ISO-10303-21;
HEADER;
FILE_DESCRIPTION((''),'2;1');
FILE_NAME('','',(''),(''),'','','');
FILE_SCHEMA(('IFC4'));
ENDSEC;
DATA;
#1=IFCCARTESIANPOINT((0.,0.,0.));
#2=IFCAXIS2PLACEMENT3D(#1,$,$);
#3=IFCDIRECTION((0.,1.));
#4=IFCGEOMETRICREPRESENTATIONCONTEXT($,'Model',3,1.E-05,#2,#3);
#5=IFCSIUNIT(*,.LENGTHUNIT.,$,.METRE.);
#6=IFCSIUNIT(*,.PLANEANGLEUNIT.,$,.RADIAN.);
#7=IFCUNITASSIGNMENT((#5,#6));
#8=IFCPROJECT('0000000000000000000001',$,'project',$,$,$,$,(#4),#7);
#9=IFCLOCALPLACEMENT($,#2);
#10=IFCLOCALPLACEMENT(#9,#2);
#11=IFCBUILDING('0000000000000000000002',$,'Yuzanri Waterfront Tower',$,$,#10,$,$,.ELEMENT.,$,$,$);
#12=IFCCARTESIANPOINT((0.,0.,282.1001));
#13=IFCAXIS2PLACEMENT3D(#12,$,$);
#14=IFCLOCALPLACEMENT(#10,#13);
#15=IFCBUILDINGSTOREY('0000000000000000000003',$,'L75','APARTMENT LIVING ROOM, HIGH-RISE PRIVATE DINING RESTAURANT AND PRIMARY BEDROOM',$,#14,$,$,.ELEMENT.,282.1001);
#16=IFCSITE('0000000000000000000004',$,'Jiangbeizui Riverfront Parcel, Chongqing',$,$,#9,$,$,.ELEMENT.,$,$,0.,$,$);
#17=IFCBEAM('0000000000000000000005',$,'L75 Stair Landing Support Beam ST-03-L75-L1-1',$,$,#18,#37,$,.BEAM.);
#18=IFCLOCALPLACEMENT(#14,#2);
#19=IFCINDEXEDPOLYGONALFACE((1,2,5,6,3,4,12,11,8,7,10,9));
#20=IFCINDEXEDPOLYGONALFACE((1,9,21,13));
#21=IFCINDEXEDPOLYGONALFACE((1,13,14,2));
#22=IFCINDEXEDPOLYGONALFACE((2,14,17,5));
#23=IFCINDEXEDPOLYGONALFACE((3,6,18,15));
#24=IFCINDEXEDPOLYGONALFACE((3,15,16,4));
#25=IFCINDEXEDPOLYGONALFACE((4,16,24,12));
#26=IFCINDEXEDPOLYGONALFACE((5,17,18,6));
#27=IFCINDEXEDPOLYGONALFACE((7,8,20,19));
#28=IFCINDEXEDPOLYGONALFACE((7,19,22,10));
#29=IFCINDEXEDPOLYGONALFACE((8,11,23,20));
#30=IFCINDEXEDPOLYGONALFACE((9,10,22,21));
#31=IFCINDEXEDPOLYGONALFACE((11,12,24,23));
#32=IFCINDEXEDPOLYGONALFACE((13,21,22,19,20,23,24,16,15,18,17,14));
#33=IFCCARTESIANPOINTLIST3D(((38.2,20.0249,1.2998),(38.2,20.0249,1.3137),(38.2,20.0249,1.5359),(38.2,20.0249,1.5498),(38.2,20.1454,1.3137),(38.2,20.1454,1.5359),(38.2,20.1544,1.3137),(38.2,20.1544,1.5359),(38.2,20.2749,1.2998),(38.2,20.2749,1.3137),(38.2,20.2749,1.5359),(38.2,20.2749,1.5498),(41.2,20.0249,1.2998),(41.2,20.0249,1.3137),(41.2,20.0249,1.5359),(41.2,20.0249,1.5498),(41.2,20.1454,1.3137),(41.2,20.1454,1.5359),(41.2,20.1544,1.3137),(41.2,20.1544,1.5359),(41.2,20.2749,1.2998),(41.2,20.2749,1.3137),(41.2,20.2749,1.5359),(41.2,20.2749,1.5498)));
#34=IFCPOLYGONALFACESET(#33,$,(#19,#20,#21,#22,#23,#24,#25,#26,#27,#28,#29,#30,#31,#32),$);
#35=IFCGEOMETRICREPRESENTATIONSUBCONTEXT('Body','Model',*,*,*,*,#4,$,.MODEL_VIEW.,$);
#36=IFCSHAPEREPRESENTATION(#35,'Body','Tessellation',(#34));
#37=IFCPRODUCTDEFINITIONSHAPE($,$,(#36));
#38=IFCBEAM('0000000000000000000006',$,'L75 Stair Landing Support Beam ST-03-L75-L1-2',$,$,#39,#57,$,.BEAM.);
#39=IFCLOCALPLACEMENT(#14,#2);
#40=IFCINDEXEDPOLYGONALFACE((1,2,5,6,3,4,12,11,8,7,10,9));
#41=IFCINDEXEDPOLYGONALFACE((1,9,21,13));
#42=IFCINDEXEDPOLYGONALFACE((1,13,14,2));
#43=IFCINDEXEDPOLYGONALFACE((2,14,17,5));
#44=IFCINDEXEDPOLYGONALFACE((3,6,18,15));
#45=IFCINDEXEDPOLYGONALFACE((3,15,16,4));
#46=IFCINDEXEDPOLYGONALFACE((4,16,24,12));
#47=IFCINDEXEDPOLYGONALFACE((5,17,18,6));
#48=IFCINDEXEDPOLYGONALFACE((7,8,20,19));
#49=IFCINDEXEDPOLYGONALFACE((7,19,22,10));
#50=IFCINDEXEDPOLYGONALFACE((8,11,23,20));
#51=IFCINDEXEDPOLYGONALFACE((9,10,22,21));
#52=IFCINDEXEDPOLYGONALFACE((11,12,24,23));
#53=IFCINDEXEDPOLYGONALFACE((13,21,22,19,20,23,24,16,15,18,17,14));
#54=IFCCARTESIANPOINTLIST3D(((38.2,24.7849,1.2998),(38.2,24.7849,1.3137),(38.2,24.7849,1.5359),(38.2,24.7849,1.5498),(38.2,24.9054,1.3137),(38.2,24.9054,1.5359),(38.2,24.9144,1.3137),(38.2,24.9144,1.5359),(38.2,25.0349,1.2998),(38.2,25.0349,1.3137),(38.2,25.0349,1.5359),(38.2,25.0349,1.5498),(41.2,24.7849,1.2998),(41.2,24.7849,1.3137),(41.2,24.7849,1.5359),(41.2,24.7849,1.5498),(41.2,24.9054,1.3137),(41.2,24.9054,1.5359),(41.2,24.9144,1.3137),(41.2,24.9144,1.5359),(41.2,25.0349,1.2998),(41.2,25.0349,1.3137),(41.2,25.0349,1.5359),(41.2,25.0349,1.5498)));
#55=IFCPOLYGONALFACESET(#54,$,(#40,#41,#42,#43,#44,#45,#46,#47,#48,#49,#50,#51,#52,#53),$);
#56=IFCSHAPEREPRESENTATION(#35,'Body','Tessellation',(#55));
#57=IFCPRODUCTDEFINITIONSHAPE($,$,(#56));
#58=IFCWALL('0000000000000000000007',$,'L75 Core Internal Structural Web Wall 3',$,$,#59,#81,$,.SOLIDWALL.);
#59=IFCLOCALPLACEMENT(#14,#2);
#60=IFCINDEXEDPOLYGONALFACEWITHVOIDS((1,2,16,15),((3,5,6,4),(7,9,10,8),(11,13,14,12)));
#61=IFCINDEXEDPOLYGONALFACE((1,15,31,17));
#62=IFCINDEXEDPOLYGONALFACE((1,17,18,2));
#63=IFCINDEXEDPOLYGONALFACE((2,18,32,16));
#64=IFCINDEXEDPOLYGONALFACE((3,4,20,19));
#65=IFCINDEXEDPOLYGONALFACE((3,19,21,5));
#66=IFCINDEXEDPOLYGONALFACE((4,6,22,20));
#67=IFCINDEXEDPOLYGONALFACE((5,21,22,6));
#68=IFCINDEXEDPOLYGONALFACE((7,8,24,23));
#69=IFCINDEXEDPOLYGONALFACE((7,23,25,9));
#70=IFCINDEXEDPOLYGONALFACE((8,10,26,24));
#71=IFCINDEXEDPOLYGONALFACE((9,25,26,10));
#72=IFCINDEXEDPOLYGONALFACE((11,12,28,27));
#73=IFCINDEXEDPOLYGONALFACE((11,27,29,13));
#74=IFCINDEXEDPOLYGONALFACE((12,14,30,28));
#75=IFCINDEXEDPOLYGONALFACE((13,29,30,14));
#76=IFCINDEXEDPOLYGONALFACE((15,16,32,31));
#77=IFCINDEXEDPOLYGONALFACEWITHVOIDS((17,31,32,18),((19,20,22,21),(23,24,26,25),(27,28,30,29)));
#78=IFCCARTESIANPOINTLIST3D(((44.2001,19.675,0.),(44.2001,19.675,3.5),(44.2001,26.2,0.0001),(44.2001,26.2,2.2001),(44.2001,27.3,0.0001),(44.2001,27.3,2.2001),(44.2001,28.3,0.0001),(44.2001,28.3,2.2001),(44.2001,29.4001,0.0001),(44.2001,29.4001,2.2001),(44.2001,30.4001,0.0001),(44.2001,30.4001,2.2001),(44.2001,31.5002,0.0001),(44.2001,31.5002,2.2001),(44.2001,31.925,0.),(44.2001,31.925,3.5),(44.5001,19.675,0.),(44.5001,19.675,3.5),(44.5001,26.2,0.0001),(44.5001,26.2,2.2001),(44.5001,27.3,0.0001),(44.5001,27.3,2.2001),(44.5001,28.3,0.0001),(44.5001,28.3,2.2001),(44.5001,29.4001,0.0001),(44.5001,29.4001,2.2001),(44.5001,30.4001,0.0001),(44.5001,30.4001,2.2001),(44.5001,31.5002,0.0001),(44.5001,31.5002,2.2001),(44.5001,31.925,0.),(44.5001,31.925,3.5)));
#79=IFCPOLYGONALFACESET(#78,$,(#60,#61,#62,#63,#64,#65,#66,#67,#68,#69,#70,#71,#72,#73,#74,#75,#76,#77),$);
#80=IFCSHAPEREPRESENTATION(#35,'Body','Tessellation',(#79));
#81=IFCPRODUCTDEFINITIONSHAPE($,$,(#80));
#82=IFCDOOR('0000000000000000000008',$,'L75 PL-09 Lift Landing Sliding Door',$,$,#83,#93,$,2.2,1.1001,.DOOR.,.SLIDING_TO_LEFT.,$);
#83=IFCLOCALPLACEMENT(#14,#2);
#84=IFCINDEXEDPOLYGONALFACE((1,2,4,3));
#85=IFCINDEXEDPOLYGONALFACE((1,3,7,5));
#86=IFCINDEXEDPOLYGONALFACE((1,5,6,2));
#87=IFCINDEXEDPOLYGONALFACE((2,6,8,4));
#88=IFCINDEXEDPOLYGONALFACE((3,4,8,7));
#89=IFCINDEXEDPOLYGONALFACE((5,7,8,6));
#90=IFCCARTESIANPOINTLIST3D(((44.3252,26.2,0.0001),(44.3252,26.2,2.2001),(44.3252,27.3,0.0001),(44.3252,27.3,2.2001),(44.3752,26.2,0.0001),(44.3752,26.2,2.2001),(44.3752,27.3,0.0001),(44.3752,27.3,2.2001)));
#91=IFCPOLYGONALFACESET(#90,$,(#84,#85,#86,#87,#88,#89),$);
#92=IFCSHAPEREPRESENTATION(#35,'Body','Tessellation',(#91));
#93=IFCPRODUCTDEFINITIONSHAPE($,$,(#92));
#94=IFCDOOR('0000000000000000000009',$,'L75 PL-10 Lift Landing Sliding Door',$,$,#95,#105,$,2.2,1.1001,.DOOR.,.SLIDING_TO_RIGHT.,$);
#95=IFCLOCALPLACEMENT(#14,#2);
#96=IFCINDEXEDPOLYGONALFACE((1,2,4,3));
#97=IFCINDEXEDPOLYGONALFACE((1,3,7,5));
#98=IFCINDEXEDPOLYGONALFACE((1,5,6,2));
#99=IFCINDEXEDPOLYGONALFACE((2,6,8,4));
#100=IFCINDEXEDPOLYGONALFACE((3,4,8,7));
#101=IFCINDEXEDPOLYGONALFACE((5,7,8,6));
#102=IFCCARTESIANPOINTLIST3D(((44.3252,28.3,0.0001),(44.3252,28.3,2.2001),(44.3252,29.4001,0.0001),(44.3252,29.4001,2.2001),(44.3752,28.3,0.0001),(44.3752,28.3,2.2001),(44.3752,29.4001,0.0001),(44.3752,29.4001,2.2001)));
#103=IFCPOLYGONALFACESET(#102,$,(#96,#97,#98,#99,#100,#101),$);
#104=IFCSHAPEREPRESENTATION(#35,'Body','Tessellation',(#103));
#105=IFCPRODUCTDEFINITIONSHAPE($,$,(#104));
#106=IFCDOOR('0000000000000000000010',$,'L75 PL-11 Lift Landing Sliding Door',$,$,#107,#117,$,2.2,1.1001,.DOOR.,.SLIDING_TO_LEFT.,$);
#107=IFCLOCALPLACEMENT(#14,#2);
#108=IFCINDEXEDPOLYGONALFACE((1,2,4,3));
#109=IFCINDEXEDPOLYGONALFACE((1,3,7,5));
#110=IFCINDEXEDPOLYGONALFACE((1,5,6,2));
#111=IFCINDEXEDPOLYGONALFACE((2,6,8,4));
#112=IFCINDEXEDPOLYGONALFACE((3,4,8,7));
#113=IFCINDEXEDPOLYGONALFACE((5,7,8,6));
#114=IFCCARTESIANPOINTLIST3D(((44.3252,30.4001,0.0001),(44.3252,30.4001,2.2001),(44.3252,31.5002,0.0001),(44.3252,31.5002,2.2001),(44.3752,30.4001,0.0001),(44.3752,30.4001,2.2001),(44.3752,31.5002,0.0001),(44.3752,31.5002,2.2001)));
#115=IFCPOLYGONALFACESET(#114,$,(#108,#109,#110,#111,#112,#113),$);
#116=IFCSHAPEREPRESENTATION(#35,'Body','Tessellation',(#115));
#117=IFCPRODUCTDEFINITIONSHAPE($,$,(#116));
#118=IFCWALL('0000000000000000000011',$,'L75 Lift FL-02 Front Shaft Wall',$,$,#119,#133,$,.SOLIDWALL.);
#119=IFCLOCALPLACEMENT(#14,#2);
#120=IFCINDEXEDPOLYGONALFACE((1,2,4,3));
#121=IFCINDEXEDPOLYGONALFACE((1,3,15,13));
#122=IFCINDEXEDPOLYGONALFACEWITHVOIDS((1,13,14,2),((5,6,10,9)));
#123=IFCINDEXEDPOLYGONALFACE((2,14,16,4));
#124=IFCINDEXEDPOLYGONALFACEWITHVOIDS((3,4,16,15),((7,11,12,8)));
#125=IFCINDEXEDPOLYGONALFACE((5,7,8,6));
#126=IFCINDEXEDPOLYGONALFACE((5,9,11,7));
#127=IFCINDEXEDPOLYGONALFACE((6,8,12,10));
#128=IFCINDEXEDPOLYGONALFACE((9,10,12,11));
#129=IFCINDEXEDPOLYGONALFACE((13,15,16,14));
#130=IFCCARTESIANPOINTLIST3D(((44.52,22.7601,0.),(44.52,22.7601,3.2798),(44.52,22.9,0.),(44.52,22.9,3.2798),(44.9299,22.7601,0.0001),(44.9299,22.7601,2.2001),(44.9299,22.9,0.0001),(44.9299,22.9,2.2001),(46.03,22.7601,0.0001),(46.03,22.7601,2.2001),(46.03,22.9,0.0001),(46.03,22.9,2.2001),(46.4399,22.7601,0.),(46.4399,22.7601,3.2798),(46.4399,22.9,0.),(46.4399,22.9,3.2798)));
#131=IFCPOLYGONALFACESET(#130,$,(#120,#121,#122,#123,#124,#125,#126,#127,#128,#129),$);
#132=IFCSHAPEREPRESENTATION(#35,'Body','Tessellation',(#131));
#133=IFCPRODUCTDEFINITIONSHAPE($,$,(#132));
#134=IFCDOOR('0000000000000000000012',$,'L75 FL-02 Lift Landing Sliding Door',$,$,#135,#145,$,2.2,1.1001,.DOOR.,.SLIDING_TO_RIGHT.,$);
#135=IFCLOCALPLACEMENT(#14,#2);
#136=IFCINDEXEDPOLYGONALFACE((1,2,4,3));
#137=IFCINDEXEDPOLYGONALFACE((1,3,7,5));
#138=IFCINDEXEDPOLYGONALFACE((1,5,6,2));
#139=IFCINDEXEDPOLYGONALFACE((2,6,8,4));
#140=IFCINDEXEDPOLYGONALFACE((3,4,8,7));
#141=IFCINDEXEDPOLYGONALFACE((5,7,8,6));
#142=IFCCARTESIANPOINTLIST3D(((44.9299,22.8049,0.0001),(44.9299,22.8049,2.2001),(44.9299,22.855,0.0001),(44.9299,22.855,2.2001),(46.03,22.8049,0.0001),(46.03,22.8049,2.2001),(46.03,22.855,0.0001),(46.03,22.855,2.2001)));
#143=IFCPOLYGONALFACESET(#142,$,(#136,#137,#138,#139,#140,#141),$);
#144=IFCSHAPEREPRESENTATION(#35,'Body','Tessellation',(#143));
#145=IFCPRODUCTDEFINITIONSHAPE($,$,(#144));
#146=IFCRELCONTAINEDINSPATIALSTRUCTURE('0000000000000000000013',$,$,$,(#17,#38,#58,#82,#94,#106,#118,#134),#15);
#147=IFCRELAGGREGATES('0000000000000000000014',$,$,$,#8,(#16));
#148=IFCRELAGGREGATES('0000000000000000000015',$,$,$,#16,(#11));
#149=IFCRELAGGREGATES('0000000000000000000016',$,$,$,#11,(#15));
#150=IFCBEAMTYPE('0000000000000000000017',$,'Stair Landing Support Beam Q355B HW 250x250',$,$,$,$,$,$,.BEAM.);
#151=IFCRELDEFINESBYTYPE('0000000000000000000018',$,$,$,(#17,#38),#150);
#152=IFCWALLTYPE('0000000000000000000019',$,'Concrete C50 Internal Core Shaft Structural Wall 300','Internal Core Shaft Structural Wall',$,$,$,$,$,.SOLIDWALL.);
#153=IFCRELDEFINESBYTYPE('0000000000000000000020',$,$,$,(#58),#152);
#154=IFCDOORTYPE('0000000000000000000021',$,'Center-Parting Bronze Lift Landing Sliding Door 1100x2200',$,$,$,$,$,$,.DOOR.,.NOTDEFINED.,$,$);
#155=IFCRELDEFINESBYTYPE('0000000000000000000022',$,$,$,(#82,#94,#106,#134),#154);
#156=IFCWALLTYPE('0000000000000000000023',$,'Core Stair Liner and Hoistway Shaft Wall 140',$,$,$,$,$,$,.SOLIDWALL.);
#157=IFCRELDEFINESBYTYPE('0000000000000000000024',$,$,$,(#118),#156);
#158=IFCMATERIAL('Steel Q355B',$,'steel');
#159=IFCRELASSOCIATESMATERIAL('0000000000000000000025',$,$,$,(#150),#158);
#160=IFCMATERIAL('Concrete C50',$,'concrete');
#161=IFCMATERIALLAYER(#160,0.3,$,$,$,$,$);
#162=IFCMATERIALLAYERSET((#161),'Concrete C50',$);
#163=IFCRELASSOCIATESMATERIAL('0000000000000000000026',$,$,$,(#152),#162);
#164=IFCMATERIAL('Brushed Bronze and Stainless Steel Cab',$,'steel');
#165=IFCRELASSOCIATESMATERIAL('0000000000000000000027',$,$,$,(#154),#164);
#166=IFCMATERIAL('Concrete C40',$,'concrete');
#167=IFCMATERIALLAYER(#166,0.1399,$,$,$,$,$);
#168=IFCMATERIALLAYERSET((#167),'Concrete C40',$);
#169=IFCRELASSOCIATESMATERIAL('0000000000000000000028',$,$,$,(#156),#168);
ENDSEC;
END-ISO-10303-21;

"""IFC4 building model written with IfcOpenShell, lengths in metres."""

from ifc_helpers import new_model, si_unit, direction, frame, frame_2d, origin, origin_2d, place, context, subcontext, project, spatial, rectangle, i_section, extrude, source, transform, mapped, material, layer, layer_set, material_profile, profile_set, type_object, element, fill, save


model = new_model("IFC4")

# Units and contexts
model_context = context("Model", 3, precision=1e-05, world=origin(), true_north=direction((0.0, 1.0)))
body_context = subcontext(model_context, "Body", "Model", "MODEL_VIEW")
ifc_project = project(units=[si_unit("LENGTHUNIT", "METRE"), si_unit("PLANEANGLEUNIT", "RADIAN")], contexts=[model_context])

# Site, building, storey
site_placement = place(None, origin())
site = spatial("IfcSite", under=ifc_project, at=site_placement, Name="Jiangbeizui Riverfront Parcel, Chongqing", CompositionType="ELEMENT", RefElevation=0.0)
building_placement = place(site_placement, origin())
building = spatial("IfcBuilding", under=site, at=building_placement, Name="Yuzanri Waterfront Tower", CompositionType="ELEMENT")
storey_placement = place(building_placement, frame((0.0, 0.0, 282.1001)))
storey = spatial("IfcBuildingStorey", under=building, at=storey_placement, Name="L75", Description="APARTMENT LIVING ROOM, HIGH-RISE PRIVATE DINING RESTAURANT AND PRIMARY BEDROOM", CompositionType="ELEMENT", Elevation=282.1001)

# Beams
ifc_material_1 = material(Name="Steel Q355B", Category="steel")
ifc_material_profile = material_profile(ifc_material_1, i_section(OverallWidth=0.25, OverallDepth=0.25, WebThickness=0.009, FlangeThickness=0.0139, at=origin_2d()), Name="HW 250x250x9x14")
ifc_profile_set = profile_set([ifc_material_profile], Name="Steel Q355B")
beam_type = type_object("IfcBeamType", Name="Stair Landing Support Beam Q355B HW 250x250", PredefinedType="BEAM", material=ifc_profile_set)
shared_shape_1 = source(origin(), body_context, "Body", "SweptSolid", [
    extrude(i_section(OverallWidth=0.25, OverallDepth=0.25, WebThickness=0.009, FlangeThickness=0.0139, at=origin_2d()), origin(), (0.0, 0.0, 1.0), 3.0),
])
for number, where, z_axis, x_axis, name in (
    (1, (38.2, 20.1499, 1.4248), (1.0, 0.0, 0.0), (0.0, 1.0, 0.0), "L75 Stair Landing Support Beam ST-03-L75-L1-1"),
    (2, (38.2, 24.9099, 1.4248), (1.0, 0.0, 0.0), (0.0, 1.0, 0.0), "L75 Stair Landing Support Beam ST-03-L75-L1-2"),
):
    element("IfcBeam", number, at=place(storey_placement, frame(where, z_axis=z_axis, x_axis=x_axis)), inside=storey, type_object=beam_type, Name=name, PredefinedType="BEAM", context=body_context, shape_type="MappedRepresentation", body=[
        mapped(shared_shape_1, transform((0.0, 0.0, 0.0), scale=1.0)),
    ])

# Wall, openings, doors
ifc_material_2 = material(Name="Concrete C50", Category="concrete")
ifc_layer_1 = layer(ifc_material_2, 0.3)
ifc_layer_set_1 = layer_set([ifc_layer_1], Name="Concrete C50")
wall_type_1 = type_object("IfcWallType", Name="Concrete C50 Internal Core Shaft Structural Wall 300", Description="Internal Core Shaft Structural Wall", PredefinedType="SOLIDWALL", material=ifc_layer_set_1)
wall_1_placement = place(storey_placement, frame((44.3501, 19.675, 0.0), z_axis=(0.0, 0.0, 1.0), x_axis=(0.0, 1.0, 0.0)))
wall_1 = element("IfcWall", 3, at=wall_1_placement, inside=storey, type_object=wall_type_1, Name="L75 Core Internal Structural Web Wall 3", PredefinedType="SOLIDWALL", context=body_context, shape_type="SweptSolid", body=[
    extrude(rectangle(XDim=12.25, YDim=0.3, at=frame_2d((6.125, 0.0))), origin(), (0.0, 0.0, 1.0), 3.5),
])
opening_1_placement = place(wall_1_placement, frame((6.5249, 0.0, 0.0)))
opening_1 = element("IfcOpeningElement", 4, at=opening_1_placement, cuts=wall_1, PredefinedType="OPENING", context=body_context, shape_type="SweptSolid", body=[
    extrude(rectangle(XDim=1.1001, YDim=2.2, at=frame_2d((0.55, 1.1001))), frame((0.0, 0.165, 0.0), z_axis=(0.0, -1.0, 0.0), x_axis=(1.0, 0.0, 0.0)), (0.0, 0.0, 1.0), 0.3298),
])
opening_2_placement = place(wall_1_placement, frame((8.625, 0.0, 0.0)))
opening_2 = element("IfcOpeningElement", 5, at=opening_2_placement, cuts=wall_1, PredefinedType="OPENING", context=body_context, shape_type="SweptSolid", body=[
    extrude(rectangle(XDim=1.1001, YDim=2.2, at=frame_2d((0.55, 1.1001))), frame((0.0, 0.165, 0.0), z_axis=(0.0, -1.0, 0.0), x_axis=(1.0, 0.0, 0.0)), (0.0, 0.0, 1.0), 0.3298),
])
opening_3_placement = place(wall_1_placement, frame((10.7251, 0.0, 0.0)))
opening_3 = element("IfcOpeningElement", 6, at=opening_3_placement, cuts=wall_1, PredefinedType="OPENING", context=body_context, shape_type="SweptSolid", body=[
    extrude(rectangle(XDim=1.1001, YDim=2.2, at=frame_2d((0.55, 1.1001))), frame((0.0, 0.165, 0.0), z_axis=(0.0, -1.0, 0.0), x_axis=(1.0, 0.0, 0.0)), (0.0, 0.0, 1.0), 0.3298),
])
ifc_material_3 = material(Name="Brushed Bronze and Stainless Steel Cab", Category="steel")
door_type_1 = type_object("IfcDoorType", Name="Center-Parting Bronze Lift Landing Sliding Door 1100x2200", OperationType="NOTDEFINED", PredefinedType="DOOR", material=ifc_material_3)
shared_shape_2 = source(origin(), body_context, "Body", "SweptSolid", [
    extrude(rectangle(XDim=1.1001, YDim=2.2, at=frame_2d((0.55, 1.1001))), frame((0.0, 0.0249, 0.0), z_axis=(0.0, -1.0, 0.0), x_axis=(1.0, 0.0, 0.0)), (0.0, 0.0, 1.0), 0.05),
])
door_1_placement = place(opening_1_placement, origin())
door_1 = element("IfcDoor", 7, at=door_1_placement, inside=storey, type_object=door_type_1, Name="L75 PL-09 Lift Landing Sliding Door", OperationType="SLIDING_TO_LEFT", OverallHeight=2.2, OverallWidth=1.1001, PredefinedType="DOOR", context=body_context, shape_type="MappedRepresentation", body=[
    mapped(shared_shape_2, transform((0.0, 0.0, 0.0), scale=1.0)),
])
fill(opening_1, door_1)
door_2_placement = place(opening_2_placement, origin())
door_2 = element("IfcDoor", 8, at=door_2_placement, inside=storey, type_object=door_type_1, Name="L75 PL-10 Lift Landing Sliding Door", OperationType="SLIDING_TO_RIGHT", OverallHeight=2.2, OverallWidth=1.1001, PredefinedType="DOOR", context=body_context, shape_type="MappedRepresentation", body=[
    mapped(shared_shape_2, transform((0.0, 0.0, 0.0), scale=1.0)),
])
fill(opening_2, door_2)
door_3_placement = place(opening_3_placement, origin())
door_3 = element("IfcDoor", 9, at=door_3_placement, inside=storey, type_object=door_type_1, Name="L75 PL-11 Lift Landing Sliding Door", OperationType="SLIDING_TO_LEFT", OverallHeight=2.2, OverallWidth=1.1001, PredefinedType="DOOR", context=body_context, shape_type="MappedRepresentation", body=[
    mapped(shared_shape_2, transform((0.0, 0.0, 0.0), scale=1.0)),
])
fill(opening_3, door_3)

# Wall, opening, door
ifc_material_4 = material(Name="Concrete C40", Category="concrete")
ifc_layer_2 = layer(ifc_material_4, 0.1399)
ifc_layer_set_2 = layer_set([ifc_layer_2], Name="Concrete C40")
wall_type_2 = type_object("IfcWallType", Name="Core Stair Liner and Hoistway Shaft Wall 140", PredefinedType="SOLIDWALL", material=ifc_layer_set_2)
wall_2_placement = place(storey_placement, frame((44.52, 22.8301, 0.0), z_axis=(0.0, 0.0, 1.0), x_axis=(1.0, 0.0, 0.0)))
wall_2 = element("IfcWall", 10, at=wall_2_placement, inside=storey, type_object=wall_type_2, Name="L75 Lift FL-02 Front Shaft Wall", PredefinedType="SOLIDWALL", context=body_context, shape_type="SweptSolid", body=[
    extrude(rectangle(XDim=1.9199, YDim=0.1399, at=frame_2d((0.96, 0.0))), origin(), (0.0, 0.0, 1.0), 3.2798),
])
opening_4_placement = place(wall_2_placement, frame((0.4099, 0.0, 0.0)))
opening_4 = element("IfcOpeningElement", 11, at=opening_4_placement, cuts=wall_2, PredefinedType="OPENING", context=body_context, shape_type="SweptSolid", body=[
    extrude(rectangle(XDim=1.1001, YDim=2.2, at=frame_2d((0.55, 1.1001))), frame((0.0, 0.085, 0.0), z_axis=(0.0, -1.0, 0.0), x_axis=(1.0, 0.0, 0.0)), (0.0, 0.0, 1.0), 0.1697),
])
door_4_placement = place(opening_4_placement, origin())
door_4 = element("IfcDoor", 12, at=door_4_placement, inside=storey, type_object=door_type_1, Name="L75 FL-02 Lift Landing Sliding Door", OperationType="SLIDING_TO_RIGHT", OverallHeight=2.2, OverallWidth=1.1001, PredefinedType="DOOR", context=body_context, shape_type="MappedRepresentation", body=[
    mapped(shared_shape_2, transform((0.0, 0.0, 0.0), scale=1.0)),
])
fill(opening_4, door_4)

save(model, "model.ifc")
